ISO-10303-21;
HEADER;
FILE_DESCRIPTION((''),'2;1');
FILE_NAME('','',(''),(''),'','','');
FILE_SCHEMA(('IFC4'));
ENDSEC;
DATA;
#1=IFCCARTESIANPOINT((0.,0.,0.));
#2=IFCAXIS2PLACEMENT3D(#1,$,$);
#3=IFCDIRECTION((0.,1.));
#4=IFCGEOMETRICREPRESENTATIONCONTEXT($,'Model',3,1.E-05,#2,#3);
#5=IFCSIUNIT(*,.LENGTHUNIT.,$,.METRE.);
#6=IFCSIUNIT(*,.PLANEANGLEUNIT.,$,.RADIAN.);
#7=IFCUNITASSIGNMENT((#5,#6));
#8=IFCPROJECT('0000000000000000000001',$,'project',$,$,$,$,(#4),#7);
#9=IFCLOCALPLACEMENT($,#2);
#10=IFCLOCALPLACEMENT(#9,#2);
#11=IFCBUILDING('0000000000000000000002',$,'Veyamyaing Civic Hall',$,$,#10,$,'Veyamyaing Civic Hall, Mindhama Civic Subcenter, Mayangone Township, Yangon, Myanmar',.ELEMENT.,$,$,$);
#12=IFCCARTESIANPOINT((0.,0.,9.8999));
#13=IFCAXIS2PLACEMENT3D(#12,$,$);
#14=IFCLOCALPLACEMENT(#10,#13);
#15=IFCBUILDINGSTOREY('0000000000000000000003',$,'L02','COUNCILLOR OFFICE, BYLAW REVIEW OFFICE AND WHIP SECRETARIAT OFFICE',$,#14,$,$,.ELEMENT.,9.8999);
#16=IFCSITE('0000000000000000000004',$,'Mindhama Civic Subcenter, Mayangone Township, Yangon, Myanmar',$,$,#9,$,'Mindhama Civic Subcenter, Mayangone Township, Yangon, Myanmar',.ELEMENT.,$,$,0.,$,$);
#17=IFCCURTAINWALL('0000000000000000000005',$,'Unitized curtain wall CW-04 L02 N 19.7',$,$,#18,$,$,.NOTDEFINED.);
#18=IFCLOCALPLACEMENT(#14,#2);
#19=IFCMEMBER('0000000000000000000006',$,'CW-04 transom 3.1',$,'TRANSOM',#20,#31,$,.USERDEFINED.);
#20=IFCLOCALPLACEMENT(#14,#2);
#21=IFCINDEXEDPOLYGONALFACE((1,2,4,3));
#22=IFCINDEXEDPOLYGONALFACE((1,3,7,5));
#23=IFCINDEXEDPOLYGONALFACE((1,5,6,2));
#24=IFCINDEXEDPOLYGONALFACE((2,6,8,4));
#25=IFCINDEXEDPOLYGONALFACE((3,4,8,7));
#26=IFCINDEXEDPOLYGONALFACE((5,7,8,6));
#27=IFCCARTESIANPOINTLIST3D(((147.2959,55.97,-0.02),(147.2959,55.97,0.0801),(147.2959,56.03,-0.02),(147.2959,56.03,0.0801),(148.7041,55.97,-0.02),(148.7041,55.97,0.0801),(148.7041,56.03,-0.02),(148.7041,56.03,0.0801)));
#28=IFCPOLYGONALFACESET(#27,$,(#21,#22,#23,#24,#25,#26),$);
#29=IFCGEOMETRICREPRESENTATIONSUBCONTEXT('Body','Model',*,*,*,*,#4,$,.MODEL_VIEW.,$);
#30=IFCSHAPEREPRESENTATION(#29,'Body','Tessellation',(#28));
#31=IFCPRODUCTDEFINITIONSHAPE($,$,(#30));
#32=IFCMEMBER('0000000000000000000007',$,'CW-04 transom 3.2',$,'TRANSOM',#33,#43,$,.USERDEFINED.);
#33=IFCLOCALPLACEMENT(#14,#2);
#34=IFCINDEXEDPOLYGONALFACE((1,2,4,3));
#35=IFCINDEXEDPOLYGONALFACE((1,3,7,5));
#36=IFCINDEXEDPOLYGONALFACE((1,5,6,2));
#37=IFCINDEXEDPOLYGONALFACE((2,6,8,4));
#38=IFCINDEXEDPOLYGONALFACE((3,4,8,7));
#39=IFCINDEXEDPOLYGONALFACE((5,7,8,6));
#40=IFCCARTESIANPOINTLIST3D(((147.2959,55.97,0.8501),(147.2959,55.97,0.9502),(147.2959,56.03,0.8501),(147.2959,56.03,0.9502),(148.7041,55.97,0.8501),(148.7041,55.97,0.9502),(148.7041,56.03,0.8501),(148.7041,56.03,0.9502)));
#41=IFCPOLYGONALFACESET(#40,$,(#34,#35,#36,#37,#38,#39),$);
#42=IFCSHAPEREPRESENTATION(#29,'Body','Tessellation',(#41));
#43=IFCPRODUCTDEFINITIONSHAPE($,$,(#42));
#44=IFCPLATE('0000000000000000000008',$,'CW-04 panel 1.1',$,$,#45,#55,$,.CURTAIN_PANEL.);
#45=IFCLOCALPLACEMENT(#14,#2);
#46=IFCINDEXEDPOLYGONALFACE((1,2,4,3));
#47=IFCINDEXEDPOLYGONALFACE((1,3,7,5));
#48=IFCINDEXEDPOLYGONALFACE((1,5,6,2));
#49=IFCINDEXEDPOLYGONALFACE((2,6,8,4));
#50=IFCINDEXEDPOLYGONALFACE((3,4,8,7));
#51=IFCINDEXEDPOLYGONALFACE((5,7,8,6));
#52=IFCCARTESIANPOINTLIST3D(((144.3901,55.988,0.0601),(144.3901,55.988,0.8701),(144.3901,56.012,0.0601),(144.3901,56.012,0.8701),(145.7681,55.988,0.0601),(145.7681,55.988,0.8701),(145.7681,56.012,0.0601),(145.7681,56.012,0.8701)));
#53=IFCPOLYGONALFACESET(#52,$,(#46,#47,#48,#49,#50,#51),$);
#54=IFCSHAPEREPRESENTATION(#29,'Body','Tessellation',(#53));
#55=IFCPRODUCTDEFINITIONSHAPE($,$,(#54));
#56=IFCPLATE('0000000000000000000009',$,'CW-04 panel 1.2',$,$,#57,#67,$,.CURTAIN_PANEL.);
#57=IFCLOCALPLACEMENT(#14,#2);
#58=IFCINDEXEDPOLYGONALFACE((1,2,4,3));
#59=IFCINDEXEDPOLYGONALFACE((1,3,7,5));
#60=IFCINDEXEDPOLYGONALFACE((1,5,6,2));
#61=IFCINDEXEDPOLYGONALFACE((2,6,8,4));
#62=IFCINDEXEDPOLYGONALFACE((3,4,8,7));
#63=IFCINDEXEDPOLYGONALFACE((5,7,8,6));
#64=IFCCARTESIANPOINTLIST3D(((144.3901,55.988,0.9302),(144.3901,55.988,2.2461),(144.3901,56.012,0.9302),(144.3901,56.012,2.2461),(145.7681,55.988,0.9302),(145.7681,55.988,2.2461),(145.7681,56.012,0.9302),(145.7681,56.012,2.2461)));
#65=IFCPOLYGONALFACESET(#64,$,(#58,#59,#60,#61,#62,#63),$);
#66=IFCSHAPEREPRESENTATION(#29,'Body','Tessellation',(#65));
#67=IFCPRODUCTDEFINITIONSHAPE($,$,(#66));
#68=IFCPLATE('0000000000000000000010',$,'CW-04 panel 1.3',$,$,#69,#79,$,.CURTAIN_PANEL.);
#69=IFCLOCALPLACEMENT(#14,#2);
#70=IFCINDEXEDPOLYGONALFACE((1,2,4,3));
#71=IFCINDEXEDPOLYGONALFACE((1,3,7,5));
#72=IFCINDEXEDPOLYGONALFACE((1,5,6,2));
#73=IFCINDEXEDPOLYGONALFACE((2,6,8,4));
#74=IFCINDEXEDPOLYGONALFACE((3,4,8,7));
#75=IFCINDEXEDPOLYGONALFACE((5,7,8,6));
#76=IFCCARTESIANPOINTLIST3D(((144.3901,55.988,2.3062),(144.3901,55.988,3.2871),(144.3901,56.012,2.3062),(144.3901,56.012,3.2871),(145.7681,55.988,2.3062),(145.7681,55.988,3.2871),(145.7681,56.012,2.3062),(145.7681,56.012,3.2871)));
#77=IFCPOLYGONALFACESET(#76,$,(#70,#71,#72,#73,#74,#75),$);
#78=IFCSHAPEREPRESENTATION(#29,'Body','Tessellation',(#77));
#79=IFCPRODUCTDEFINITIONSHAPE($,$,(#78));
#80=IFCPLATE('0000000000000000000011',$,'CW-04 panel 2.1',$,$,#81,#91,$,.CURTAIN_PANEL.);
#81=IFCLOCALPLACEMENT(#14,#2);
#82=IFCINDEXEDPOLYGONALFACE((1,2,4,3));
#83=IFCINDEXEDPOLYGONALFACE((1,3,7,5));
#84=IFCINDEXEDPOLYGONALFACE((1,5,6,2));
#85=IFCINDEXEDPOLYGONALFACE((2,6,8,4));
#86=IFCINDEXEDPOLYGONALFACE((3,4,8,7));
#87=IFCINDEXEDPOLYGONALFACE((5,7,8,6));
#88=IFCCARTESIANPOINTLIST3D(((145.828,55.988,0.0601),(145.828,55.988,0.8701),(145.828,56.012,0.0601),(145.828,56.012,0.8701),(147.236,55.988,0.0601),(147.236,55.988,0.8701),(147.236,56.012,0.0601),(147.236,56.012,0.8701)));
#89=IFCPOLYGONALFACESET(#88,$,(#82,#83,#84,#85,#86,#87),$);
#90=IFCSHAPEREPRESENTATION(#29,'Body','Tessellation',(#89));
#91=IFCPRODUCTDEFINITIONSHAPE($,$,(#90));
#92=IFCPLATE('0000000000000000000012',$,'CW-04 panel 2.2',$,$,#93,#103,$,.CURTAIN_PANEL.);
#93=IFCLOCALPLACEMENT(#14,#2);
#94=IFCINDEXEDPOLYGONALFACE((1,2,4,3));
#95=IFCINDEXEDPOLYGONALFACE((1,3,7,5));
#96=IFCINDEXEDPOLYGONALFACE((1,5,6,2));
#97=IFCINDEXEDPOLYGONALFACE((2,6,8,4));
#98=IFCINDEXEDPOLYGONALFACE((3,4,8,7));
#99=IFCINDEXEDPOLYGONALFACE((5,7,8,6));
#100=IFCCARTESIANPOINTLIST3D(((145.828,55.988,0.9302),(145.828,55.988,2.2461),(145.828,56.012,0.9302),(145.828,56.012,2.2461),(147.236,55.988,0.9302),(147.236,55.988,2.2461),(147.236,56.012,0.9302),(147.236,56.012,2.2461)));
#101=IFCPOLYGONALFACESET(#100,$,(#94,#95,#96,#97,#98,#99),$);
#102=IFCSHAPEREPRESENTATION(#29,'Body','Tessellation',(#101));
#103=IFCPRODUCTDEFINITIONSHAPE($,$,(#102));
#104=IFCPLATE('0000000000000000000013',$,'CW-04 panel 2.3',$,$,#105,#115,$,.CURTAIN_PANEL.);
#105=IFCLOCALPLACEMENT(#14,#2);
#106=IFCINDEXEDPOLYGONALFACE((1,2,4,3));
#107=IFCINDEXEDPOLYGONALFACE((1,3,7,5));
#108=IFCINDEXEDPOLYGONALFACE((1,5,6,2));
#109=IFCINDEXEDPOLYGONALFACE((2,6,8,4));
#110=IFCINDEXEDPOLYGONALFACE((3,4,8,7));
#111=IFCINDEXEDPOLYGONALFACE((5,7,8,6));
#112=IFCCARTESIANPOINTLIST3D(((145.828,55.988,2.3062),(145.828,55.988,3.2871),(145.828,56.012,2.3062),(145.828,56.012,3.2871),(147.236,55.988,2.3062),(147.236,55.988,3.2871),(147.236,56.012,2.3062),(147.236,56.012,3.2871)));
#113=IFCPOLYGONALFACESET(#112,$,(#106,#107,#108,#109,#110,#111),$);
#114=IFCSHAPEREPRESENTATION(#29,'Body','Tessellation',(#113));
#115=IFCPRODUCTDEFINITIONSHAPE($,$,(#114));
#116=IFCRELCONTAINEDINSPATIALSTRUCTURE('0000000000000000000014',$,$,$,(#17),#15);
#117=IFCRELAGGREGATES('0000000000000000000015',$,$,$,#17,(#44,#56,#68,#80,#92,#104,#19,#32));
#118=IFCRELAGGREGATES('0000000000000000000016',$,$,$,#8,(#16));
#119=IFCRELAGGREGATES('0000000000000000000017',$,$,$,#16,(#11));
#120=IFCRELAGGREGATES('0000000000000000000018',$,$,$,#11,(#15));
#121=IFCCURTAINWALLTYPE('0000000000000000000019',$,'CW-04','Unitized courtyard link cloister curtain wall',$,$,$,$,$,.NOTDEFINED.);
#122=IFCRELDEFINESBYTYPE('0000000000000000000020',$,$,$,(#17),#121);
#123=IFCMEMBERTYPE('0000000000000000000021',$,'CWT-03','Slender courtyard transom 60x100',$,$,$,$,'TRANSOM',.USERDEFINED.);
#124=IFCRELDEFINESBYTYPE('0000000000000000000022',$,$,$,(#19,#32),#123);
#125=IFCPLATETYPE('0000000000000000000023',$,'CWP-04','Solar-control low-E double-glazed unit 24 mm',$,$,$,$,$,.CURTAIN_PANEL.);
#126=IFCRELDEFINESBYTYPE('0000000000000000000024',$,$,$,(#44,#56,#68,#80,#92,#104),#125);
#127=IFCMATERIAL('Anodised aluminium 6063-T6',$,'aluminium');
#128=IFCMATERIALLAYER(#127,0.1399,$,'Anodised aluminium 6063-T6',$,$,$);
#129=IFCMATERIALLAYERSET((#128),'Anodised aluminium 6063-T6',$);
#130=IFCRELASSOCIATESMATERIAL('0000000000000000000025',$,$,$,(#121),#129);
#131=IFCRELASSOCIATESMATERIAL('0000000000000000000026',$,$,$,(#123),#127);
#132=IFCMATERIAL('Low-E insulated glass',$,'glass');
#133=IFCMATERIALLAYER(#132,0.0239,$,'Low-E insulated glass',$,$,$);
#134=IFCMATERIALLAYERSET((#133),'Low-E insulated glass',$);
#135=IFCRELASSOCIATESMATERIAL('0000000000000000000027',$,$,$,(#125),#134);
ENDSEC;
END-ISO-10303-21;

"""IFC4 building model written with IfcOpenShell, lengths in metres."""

from ifc_helpers import new_model, si_unit, direction, frame, origin, origin_2d, place, context, subcontext, project, spatial, rectangle, extrude, material, layer, layer_set, material_profile, profile_set, type_object, element, aggregate, save


model = new_model("IFC4")

# Units and contexts
model_context = context("Model", 3, precision=1e-05, world=origin(), true_north=direction((0.0, 1.0)))
body_context = subcontext(model_context, "Body", "Model", "MODEL_VIEW")
ifc_project = project(units=[si_unit("LENGTHUNIT", "METRE"), si_unit("PLANEANGLEUNIT", "RADIAN")], contexts=[model_context])

# Site, building, storey
site_placement = place(None, origin())
site = spatial("IfcSite", under=ifc_project, at=site_placement, Name="Mindhama Civic Subcenter, Mayangone Township, Yangon, Myanmar", LongName="Mindhama Civic Subcenter, Mayangone Township, Yangon, Myanmar", CompositionType="ELEMENT", RefElevation=0.0)
building_placement = place(site_placement, origin())
building = spatial("IfcBuilding", under=site, at=building_placement, Name="Veyamyaing Civic Hall", LongName="Veyamyaing Civic Hall, Mindhama Civic Subcenter, Mayangone Township, Yangon, Myanmar", CompositionType="ELEMENT")
storey_placement = place(building_placement, frame((0.0, 0.0, 9.8999)))
storey = spatial("IfcBuildingStorey", under=building, at=storey_placement, Name="L02", Description="COUNCILLOR OFFICE, BYLAW REVIEW OFFICE AND WHIP SECRETARIAT OFFICE", CompositionType="ELEMENT", Elevation=9.8999)

# Curtain wall, members, plates
ifc_material_1 = material(Name="Anodised aluminium 6063-T6", Category="aluminium")
ifc_layer_1 = layer(ifc_material_1, 0.1399, Name="Anodised aluminium 6063-T6")
ifc_layer_set_1 = layer_set([ifc_layer_1], Name="Anodised aluminium 6063-T6")
curtain_wall_type = type_object("IfcCurtainWallType", Name="CW-04", Description="Unitized courtyard link cloister curtain wall", PredefinedType="NOTDEFINED", material=ifc_layer_set_1)
curtain_wall_placement = place(storey_placement, origin())
curtain_wall = element("IfcCurtainWall", 1, at=curtain_wall_placement, inside=storey, type_object=curtain_wall_type, Name="Unitized curtain wall CW-04 L02 N 19.7", PredefinedType="NOTDEFINED")
ifc_material_profile_1 = material_profile(ifc_material_1, rectangle(XDim=0.0601, YDim=0.1001, at=origin_2d()), Name="ALU-TRN-60X100")
ifc_profile_set_1 = profile_set([ifc_material_profile_1], Name="Anodised aluminium 6063-T6")
member_type_1 = type_object("IfcMemberType", Name="CWT-03", Description="Slender courtyard transom 60x100", ElementType="TRANSOM", PredefinedType="USERDEFINED", material=ifc_profile_set_1)
member_1_placement = place(storey_placement, frame((147.2959, 56.0, 0.03), z_axis=(1.0, 0.0, 0.0), x_axis=(0.0, 1.0, 0.0)))
member_1 = element("IfcMember", 2, at=member_1_placement, type_object=member_type_1, Name="CW-04 transom 3.1", ObjectType="TRANSOM", PredefinedType="USERDEFINED", context=body_context, shape_type="SweptSolid", body=[
    extrude(rectangle(XDim=0.0601, YDim=0.1001, at=origin_2d()), origin(), (0.0, 0.0, 1.0), 1.4082),
])
member_2_placement = place(storey_placement, frame((147.2959, 56.0, 0.9001), z_axis=(1.0, 0.0, 0.0), x_axis=(0.0, 1.0, 0.0)))
member_2 = element("IfcMember", 3, at=member_2_placement, type_object=member_type_1, Name="CW-04 transom 3.2", ObjectType="TRANSOM", PredefinedType="USERDEFINED", context=body_context, shape_type="SweptSolid", body=[
    extrude(rectangle(XDim=0.0601, YDim=0.1001, at=origin_2d()), origin(), (0.0, 0.0, 1.0), 1.4082),
])
ifc_material_2 = material(Name="Low-E insulated glass", Category="glass")
ifc_layer_2 = layer(ifc_material_2, 0.0239, Name="Low-E insulated glass")
ifc_layer_set_2 = layer_set([ifc_layer_2], Name="Low-E insulated glass")
plate_type = type_object("IfcPlateType", Name="CWP-04", Description="Solar-control low-E double-glazed unit 24 mm", PredefinedType="CURTAIN_PANEL", material=ifc_layer_set_2)
plate_1_placement = place(storey_placement, frame((145.0791, 56.0, 0.0601), z_axis=(0.0, 0.0, 1.0), x_axis=(1.0, 0.0, 0.0)))
plate_1 = element("IfcPlate", 4, at=plate_1_placement, type_object=plate_type, Name="CW-04 panel 1.1", PredefinedType="CURTAIN_PANEL", context=body_context, shape_type="SweptSolid", body=[
    extrude(rectangle(XDim=1.3779, YDim=0.0239, at=origin_2d()), origin(), (0.0, 0.0, 1.0), 0.8101),
])
plate_2_placement = place(storey_placement, frame((145.0791, 56.0, 0.9302), z_axis=(0.0, 0.0, 1.0), x_axis=(1.0, 0.0, 0.0)))
plate_2 = element("IfcPlate", 5, at=plate_2_placement, type_object=plate_type, Name="CW-04 panel 1.2", PredefinedType="CURTAIN_PANEL", context=body_context, shape_type="SweptSolid", body=[
    extrude(rectangle(XDim=1.3779, YDim=0.0239, at=origin_2d()), origin(), (0.0, 0.0, 1.0), 1.3159),
])
plate_3_placement = place(storey_placement, frame((145.0791, 56.0, 2.3062), z_axis=(0.0, 0.0, 1.0), x_axis=(1.0, 0.0, 0.0)))
plate_3 = element("IfcPlate", 6, at=plate_3_placement, type_object=plate_type, Name="CW-04 panel 1.3", PredefinedType="CURTAIN_PANEL", context=body_context, shape_type="SweptSolid", body=[
    extrude(rectangle(XDim=1.3779, YDim=0.0239, at=origin_2d()), origin(), (0.0, 0.0, 1.0), 0.981),
])
plate_4_placement = place(storey_placement, frame((146.532, 56.0, 0.0601), z_axis=(0.0, 0.0, 1.0), x_axis=(1.0, 0.0, 0.0)))
plate_4 = element("IfcPlate", 7, at=plate_4_placement, type_object=plate_type, Name="CW-04 panel 2.1", PredefinedType="CURTAIN_PANEL", context=body_context, shape_type="SweptSolid", body=[
    extrude(rectangle(XDim=1.408, YDim=0.0239, at=origin_2d()), origin(), (0.0, 0.0, 1.0), 0.8101),
])
plate_5_placement = place(storey_placement, frame((146.532, 56.0, 0.9302), z_axis=(0.0, 0.0, 1.0), x_axis=(1.0, 0.0, 0.0)))
plate_5 = element("IfcPlate", 8, at=plate_5_placement, type_object=plate_type, Name="CW-04 panel 2.2", PredefinedType="CURTAIN_PANEL", context=body_context, shape_type="SweptSolid", body=[
    extrude(rectangle(XDim=1.408, YDim=0.0239, at=origin_2d()), origin(), (0.0, 0.0, 1.0), 1.3159),
])
plate_6_placement = place(storey_placement, frame((146.532, 56.0, 2.3062), z_axis=(0.0, 0.0, 1.0), x_axis=(1.0, 0.0, 0.0)))
plate_6 = element("IfcPlate", 9, at=plate_6_placement, type_object=plate_type, Name="CW-04 panel 2.3", PredefinedType="CURTAIN_PANEL", context=body_context, shape_type="SweptSolid", body=[
    extrude(rectangle(XDim=1.408, YDim=0.0239, at=origin_2d()), origin(), (0.0, 0.0, 1.0), 0.981),
])
aggregate(curtain_wall, [plate_1, plate_2, plate_3, plate_4, plate_5, plate_6, member_1, member_2])

save(model, "model.ifc")
